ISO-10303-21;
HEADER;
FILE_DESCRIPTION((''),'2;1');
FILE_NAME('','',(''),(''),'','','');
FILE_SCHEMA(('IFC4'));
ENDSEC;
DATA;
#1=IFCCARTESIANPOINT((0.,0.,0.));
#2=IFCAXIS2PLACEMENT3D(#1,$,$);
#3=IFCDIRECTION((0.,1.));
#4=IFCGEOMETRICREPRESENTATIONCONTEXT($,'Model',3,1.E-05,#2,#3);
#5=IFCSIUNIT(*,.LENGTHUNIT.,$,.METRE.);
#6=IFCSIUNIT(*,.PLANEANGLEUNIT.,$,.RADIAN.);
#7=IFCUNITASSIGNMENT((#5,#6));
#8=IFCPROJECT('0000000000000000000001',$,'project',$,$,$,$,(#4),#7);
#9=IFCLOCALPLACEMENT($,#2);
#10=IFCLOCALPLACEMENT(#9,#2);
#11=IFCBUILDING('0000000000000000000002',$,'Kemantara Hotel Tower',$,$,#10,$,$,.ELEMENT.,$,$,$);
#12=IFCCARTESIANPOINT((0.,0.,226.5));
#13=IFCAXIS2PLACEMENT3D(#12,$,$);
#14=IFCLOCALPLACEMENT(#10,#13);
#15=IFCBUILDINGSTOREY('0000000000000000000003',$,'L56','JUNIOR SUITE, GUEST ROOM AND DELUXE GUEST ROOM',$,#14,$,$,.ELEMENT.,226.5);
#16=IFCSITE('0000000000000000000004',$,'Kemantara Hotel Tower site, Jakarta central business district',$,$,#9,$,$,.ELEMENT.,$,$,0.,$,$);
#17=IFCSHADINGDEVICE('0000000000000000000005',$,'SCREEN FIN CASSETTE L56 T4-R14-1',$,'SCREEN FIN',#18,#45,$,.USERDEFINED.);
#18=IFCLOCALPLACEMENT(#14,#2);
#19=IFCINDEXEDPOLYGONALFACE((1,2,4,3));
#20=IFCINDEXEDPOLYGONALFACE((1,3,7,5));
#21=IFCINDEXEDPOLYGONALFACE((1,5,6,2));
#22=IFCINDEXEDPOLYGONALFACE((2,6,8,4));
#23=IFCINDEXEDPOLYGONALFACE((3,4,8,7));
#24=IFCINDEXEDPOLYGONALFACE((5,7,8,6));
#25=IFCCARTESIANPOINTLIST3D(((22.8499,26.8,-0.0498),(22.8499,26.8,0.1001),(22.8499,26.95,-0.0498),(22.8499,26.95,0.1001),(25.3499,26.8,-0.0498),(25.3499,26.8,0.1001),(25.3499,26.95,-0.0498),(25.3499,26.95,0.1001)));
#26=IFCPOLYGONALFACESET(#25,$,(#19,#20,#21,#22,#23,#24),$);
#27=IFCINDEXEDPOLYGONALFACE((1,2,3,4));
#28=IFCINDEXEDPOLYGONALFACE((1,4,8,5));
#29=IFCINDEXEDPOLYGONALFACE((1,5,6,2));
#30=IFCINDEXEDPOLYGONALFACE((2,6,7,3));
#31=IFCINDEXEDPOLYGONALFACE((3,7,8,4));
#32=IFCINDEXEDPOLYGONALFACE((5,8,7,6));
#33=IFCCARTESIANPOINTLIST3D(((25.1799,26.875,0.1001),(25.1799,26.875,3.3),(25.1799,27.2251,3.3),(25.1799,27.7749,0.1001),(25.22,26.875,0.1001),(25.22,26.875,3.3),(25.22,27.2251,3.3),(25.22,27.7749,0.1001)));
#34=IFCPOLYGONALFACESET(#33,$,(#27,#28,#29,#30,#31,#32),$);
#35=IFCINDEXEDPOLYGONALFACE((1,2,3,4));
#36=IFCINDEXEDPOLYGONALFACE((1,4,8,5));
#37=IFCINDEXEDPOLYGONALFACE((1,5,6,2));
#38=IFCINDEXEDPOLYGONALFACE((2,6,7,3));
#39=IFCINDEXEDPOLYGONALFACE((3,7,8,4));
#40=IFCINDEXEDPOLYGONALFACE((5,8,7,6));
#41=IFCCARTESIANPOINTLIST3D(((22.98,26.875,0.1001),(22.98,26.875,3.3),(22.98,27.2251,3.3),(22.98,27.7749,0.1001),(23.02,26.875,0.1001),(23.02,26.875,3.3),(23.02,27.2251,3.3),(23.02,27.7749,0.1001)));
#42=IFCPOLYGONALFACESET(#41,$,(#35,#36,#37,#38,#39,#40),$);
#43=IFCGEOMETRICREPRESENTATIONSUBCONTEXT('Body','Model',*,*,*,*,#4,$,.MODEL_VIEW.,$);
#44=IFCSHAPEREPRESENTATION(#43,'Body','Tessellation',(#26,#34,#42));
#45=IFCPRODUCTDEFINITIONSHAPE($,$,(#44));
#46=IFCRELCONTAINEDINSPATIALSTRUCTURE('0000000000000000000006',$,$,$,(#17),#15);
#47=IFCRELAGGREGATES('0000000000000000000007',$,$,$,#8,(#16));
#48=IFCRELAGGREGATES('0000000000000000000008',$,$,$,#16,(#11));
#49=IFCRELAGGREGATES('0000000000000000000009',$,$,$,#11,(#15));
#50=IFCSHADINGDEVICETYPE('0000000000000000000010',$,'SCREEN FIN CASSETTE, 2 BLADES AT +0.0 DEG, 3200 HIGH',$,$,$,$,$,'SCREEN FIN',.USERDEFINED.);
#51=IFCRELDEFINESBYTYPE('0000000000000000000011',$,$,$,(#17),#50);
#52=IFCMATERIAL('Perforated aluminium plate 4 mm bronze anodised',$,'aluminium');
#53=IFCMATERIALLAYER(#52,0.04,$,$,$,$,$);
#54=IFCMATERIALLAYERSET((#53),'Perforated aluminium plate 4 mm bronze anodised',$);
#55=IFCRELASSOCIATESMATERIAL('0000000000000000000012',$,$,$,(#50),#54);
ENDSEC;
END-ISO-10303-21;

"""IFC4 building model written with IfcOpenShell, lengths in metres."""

from ifc_helpers import new_model, si_unit, direction, frame, origin, origin_2d, place, context, subcontext, project, spatial, polyline, rectangle, outline, extrude, source, transform, mapped, material, layer, layer_set, type_object, element, save


model = new_model("IFC4")

# Units and contexts
model_context = context("Model", 3, precision=1e-05, world=origin(), true_north=direction((0.0, 1.0)))
body_context = subcontext(model_context, "Body", "Model", "MODEL_VIEW")
ifc_project = project(units=[si_unit("LENGTHUNIT", "METRE"), si_unit("PLANEANGLEUNIT", "RADIAN")], contexts=[model_context])

# Site, building, storey
site_placement = place(None, origin())
site = spatial("IfcSite", under=ifc_project, at=site_placement, Name="Kemantara Hotel Tower site, Jakarta central business district", CompositionType="ELEMENT", RefElevation=0.0)
building_placement = place(site_placement, origin())
building = spatial("IfcBuilding", under=site, at=building_placement, Name="Kemantara Hotel Tower", CompositionType="ELEMENT")
storey_placement = place(building_placement, frame((0.0, 0.0, 226.5)))
storey = spatial("IfcBuildingStorey", under=building, at=storey_placement, Name="L56", Description="JUNIOR SUITE, GUEST ROOM AND DELUXE GUEST ROOM", CompositionType="ELEMENT", Elevation=226.5)

# Shading device
ifc_material_1 = material(Name="Perforated aluminium plate 4 mm bronze anodised", Category="aluminium")
ifc_layer_1 = layer(ifc_material_1, 0.04)
ifc_layer_set_1 = layer_set([ifc_layer_1], Name="Perforated aluminium plate 4 mm bronze anodised")
shading_device_type_1 = type_object("IfcShadingDeviceType", Name="SCREEN FIN CASSETTE, 2 BLADES AT +0.0 DEG, 3200 HIGH", ElementType="SCREEN FIN", PredefinedType="USERDEFINED", material=ifc_layer_set_1)
shared_shape_1 = source(origin(), body_context, "Body", "SweptSolid", [
    extrude(rectangle(XDim=2.5, YDim=0.1499, at=origin_2d()), frame((1.1001, -0.075, -0.1499), z_axis=(0.0, 0.0, 1.0), x_axis=(1.0, 0.0, 0.0)), (0.0, 0.0, 1.0), 0.1499),
    extrude(outline(polyline([(0.0, 0.0), (0.8999, 0.0), (0.3501, 3.2), (0.0, 3.2), (0.0, 0.0)])), frame((0.02, -0.075, 0.0), z_axis=(-1.0, 0.0, 0.0), x_axis=(0.0, -1.0, 0.0)), (0.0, 0.0, 1.0), 0.04),
    extrude(outline(polyline([(0.0, 0.0), (0.8999, 0.0), (0.3501, 3.2), (0.0, 3.2), (0.0, 0.0)])), frame((2.22, -0.075, 0.0), z_axis=(-1.0, 0.0, 0.0), x_axis=(0.0, -1.0, 0.0)), (0.0, 0.0, 1.0), 0.04),
])
for number, where, z_axis, x_axis, name in (
    (1, (25.2, 26.8, 0.1001), (0.0, 0.0, 1.0), (-1.0, 0.0, 0.0), "SCREEN FIN CASSETTE L56 T4-R14-1"),
):
    element("IfcShadingDevice", number, at=place(storey_placement, frame(where, z_axis=z_axis, x_axis=x_axis)), inside=storey, type_object=shading_device_type_1, Name=name, ObjectType="SCREEN FIN", PredefinedType="USERDEFINED", context=body_context, shape_type="MappedRepresentation", body=[
        mapped(shared_shape_1, transform((0.0, 0.0, 0.0))),
    ])

save(model, "model.ifc")
